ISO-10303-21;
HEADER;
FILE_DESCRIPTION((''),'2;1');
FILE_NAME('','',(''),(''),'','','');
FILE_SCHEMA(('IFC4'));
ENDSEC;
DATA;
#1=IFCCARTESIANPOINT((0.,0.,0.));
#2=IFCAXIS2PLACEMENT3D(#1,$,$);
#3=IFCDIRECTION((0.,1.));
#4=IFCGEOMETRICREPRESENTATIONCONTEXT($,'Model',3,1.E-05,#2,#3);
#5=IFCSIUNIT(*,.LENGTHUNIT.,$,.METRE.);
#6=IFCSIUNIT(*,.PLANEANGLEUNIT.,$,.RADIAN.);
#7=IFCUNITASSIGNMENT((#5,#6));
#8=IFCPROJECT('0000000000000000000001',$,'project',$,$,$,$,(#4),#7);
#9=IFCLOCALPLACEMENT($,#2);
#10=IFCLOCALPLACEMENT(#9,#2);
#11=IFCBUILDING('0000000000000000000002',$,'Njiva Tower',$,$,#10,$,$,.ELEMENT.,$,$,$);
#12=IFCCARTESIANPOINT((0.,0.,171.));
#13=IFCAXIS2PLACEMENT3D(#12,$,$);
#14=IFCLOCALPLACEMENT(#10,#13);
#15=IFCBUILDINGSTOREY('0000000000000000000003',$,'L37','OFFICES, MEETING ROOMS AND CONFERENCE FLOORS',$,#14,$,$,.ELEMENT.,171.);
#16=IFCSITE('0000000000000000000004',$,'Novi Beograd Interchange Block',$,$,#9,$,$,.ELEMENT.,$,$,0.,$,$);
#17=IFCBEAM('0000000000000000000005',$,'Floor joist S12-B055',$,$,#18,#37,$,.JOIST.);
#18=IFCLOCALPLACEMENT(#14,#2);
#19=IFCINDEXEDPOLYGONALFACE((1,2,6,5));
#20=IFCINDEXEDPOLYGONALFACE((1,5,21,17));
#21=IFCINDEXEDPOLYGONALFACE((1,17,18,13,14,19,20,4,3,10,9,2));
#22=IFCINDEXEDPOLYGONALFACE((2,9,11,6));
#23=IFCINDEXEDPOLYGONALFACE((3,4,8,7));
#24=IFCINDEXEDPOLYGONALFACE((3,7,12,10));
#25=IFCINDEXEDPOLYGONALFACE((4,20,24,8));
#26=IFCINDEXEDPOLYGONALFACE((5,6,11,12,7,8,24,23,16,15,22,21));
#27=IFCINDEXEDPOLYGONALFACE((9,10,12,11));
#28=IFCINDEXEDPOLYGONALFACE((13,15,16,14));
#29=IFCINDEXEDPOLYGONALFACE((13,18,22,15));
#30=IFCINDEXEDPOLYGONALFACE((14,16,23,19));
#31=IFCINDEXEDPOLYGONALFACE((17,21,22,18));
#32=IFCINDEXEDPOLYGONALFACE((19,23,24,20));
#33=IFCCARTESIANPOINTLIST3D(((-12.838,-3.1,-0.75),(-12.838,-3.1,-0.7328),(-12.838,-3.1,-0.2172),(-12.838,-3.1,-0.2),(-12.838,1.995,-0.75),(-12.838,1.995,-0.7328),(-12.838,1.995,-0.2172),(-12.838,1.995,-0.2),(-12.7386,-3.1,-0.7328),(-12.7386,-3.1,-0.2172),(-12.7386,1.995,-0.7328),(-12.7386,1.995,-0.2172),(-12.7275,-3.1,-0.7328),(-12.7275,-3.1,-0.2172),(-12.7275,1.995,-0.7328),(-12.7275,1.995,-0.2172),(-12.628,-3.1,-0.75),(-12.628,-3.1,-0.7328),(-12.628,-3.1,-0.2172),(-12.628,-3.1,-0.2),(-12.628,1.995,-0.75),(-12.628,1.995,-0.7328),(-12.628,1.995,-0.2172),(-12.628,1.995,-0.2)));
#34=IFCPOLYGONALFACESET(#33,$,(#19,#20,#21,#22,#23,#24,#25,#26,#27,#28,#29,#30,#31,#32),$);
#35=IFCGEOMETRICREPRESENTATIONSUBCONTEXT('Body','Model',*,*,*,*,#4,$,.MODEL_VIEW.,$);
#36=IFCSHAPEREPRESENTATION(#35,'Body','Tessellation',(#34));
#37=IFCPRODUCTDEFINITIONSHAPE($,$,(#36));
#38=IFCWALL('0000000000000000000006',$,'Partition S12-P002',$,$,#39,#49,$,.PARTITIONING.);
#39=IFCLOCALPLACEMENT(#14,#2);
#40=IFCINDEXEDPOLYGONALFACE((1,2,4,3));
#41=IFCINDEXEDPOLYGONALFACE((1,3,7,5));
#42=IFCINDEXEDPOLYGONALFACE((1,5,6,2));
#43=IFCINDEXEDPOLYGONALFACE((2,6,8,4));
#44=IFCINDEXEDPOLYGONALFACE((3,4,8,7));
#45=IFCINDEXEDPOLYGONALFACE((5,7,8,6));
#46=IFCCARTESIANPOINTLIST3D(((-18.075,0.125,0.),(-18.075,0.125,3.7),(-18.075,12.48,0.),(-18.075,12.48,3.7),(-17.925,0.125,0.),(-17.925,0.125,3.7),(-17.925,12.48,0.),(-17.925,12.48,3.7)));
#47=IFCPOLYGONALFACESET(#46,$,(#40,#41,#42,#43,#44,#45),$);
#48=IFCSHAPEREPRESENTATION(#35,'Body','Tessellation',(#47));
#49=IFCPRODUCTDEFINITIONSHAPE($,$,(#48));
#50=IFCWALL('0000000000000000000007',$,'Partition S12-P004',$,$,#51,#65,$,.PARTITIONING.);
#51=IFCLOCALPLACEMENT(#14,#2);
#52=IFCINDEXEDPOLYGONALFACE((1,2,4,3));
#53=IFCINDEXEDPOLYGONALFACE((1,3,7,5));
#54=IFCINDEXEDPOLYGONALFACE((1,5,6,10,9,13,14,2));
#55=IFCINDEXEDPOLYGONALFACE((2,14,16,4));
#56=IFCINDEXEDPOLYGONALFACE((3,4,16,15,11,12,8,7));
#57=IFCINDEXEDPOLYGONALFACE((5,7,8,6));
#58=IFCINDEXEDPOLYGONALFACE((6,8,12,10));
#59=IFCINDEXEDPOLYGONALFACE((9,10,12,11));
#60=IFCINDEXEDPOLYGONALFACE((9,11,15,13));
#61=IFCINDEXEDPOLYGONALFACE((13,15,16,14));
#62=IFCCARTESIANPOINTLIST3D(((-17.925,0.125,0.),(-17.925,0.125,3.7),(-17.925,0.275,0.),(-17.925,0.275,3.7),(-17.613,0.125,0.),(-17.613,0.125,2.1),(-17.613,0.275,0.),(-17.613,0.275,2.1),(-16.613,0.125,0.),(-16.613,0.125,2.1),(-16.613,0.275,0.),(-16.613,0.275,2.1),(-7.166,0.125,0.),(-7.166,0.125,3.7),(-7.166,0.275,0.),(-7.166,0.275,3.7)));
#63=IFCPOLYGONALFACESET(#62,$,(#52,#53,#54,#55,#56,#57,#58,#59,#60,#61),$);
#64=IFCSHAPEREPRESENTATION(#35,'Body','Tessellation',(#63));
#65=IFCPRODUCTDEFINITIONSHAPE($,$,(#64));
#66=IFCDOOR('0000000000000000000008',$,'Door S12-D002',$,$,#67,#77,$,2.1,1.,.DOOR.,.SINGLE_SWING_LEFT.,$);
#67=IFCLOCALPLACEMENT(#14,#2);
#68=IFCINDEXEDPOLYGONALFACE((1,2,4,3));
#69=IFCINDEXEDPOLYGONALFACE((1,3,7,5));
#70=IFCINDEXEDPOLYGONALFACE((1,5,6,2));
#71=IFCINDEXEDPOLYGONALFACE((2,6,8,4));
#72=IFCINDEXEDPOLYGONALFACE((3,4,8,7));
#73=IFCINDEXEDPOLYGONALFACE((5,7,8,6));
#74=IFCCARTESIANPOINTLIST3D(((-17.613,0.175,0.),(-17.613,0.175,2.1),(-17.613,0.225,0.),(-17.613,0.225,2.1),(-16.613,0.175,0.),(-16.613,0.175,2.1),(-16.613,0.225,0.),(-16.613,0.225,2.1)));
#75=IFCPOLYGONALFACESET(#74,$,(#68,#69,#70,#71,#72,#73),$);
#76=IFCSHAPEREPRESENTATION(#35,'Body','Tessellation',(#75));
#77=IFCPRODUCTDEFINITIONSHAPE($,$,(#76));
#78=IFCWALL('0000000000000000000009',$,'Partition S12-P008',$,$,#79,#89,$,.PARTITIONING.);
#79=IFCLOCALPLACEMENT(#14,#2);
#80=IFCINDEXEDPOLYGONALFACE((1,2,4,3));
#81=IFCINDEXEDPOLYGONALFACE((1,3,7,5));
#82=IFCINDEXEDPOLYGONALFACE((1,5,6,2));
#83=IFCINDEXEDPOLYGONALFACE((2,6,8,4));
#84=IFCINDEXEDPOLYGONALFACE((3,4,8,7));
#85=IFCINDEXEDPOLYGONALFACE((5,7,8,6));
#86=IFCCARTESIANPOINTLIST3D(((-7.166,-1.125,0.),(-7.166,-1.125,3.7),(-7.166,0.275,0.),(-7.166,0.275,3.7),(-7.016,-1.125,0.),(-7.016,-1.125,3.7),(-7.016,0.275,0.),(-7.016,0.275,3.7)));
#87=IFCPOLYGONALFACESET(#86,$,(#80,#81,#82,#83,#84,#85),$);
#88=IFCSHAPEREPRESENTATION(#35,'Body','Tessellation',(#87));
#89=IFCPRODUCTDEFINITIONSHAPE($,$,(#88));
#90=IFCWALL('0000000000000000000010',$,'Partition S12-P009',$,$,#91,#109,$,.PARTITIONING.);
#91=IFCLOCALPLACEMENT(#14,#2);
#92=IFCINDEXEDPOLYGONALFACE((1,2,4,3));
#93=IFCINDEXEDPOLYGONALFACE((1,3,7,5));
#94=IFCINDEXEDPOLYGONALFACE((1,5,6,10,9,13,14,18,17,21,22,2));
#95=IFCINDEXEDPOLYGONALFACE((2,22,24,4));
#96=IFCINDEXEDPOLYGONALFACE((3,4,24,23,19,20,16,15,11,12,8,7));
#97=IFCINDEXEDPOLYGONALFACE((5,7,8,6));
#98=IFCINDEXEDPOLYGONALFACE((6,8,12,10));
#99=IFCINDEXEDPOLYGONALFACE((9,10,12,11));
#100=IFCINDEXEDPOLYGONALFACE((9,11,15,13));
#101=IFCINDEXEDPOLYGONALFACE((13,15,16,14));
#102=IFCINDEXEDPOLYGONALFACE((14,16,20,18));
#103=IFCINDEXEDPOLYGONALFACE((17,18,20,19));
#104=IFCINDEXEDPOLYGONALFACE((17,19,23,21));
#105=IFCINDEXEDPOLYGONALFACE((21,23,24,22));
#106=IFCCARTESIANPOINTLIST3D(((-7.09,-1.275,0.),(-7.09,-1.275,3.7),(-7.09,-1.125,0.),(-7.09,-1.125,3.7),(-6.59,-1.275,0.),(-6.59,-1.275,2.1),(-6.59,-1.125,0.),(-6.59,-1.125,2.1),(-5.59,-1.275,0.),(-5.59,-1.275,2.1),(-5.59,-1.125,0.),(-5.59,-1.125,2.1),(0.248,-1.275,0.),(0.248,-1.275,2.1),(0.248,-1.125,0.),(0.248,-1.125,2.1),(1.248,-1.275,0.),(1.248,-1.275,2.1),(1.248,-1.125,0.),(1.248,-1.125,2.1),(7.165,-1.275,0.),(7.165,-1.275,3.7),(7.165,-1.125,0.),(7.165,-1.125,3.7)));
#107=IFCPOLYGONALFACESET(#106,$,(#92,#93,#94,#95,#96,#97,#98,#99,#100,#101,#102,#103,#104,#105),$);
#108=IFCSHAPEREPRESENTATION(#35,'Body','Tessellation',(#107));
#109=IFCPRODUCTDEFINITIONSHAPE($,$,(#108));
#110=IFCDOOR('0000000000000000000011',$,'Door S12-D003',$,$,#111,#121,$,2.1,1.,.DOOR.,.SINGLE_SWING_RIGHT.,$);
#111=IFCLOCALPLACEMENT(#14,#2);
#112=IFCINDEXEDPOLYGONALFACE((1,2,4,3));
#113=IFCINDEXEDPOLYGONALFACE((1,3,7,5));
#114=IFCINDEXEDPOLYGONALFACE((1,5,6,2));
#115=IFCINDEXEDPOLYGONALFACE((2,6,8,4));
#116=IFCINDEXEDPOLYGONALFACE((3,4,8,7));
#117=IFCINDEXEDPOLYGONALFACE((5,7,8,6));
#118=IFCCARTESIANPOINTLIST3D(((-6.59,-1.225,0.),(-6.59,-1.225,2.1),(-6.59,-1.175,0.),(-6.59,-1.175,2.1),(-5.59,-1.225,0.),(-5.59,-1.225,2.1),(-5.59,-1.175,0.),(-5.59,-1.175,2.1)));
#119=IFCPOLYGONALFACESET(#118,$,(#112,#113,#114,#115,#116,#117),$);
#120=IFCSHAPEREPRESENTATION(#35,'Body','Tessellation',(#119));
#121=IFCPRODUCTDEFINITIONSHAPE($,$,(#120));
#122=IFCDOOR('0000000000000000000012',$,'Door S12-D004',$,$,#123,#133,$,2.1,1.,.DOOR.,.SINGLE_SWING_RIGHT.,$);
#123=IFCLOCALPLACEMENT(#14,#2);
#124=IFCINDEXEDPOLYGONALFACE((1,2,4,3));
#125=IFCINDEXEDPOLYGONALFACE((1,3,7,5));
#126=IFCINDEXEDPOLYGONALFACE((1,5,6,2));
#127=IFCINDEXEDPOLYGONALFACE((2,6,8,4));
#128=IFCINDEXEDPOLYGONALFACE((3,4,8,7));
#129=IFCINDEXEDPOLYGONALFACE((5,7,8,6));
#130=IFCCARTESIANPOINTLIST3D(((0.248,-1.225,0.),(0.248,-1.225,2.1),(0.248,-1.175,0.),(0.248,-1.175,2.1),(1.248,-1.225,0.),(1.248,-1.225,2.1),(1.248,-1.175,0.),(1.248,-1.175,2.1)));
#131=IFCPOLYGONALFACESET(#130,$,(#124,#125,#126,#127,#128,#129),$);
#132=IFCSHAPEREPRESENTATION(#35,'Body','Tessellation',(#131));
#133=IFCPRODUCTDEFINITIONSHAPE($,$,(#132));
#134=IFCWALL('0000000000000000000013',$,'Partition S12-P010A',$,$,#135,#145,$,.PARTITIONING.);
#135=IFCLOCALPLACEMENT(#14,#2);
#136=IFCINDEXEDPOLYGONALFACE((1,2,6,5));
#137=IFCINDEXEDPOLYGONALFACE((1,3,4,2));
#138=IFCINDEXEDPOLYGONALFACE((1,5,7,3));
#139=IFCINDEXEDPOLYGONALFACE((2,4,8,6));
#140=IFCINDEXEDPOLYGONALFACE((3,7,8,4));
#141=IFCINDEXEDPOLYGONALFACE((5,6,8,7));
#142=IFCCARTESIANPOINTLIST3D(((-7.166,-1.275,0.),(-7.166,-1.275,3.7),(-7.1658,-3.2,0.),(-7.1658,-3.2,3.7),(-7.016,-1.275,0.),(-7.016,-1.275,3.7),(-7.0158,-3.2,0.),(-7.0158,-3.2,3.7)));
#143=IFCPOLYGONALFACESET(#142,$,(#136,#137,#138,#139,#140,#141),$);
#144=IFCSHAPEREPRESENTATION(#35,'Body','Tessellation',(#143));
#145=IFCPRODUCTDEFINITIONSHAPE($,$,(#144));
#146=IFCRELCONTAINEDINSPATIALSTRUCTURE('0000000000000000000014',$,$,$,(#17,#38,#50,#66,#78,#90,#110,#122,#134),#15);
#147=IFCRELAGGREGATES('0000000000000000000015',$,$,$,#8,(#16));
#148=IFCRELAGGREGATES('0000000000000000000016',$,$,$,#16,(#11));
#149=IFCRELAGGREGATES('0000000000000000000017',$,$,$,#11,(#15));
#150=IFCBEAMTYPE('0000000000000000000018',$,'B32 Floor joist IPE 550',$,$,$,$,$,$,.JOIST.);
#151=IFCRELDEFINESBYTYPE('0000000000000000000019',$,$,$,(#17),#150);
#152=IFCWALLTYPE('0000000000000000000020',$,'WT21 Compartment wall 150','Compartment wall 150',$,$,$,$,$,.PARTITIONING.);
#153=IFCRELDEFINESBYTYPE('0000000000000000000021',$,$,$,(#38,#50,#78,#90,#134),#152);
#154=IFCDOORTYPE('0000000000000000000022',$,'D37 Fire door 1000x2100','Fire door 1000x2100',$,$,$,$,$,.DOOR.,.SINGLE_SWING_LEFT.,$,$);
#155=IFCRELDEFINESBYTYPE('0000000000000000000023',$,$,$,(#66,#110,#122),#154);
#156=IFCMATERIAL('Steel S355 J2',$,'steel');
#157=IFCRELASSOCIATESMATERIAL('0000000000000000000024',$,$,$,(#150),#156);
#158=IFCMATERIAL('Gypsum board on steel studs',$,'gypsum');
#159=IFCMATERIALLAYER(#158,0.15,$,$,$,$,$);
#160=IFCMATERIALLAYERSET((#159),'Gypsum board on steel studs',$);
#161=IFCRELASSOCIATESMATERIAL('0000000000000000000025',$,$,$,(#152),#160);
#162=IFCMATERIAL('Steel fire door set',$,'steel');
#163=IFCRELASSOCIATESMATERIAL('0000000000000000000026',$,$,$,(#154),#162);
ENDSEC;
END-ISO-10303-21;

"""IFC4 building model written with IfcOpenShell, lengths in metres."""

from ifc_helpers import new_model, si_unit, direction, frame, frame_2d, origin, origin_2d, place, context, subcontext, project, spatial, rectangle, i_section, extrude, material, layer, layer_set, material_profile, profile_set, type_object, element, fill, save


model = new_model("IFC4")

# Units and contexts
model_context = context("Model", 3, precision=1e-05, world=origin(), true_north=direction((0.0, 1.0)))
body_context = subcontext(model_context, "Body", "Model", "MODEL_VIEW")
ifc_project = project(units=[si_unit("LENGTHUNIT", "METRE"), si_unit("PLANEANGLEUNIT", "RADIAN")], contexts=[model_context])

# Site, building, storey
site_placement = place(None, origin())
site = spatial("IfcSite", under=ifc_project, at=site_placement, Name="Novi Beograd Interchange Block", CompositionType="ELEMENT", RefElevation=0.0)
building_placement = place(site_placement, origin())
building = spatial("IfcBuilding", under=site, at=building_placement, Name="Njiva Tower", CompositionType="ELEMENT")
storey_placement = place(building_placement, frame((0.0, 0.0, 171.0)))
storey = spatial("IfcBuildingStorey", under=building, at=storey_placement, Name="L37", Description="OFFICES, MEETING ROOMS AND CONFERENCE FLOORS", CompositionType="ELEMENT", Elevation=171.0)

# Shared definitions
ifc_material_1 = material(Name="Steel S355 J2", Category="steel")

# Beam
ifc_material_profile_1 = material_profile(ifc_material_1, i_section(OverallWidth=0.21, OverallDepth=0.55, WebThickness=0.0111, FlangeThickness=0.0172, at=origin_2d()), Name="IPE 550")
ifc_profile_set_1 = profile_set([ifc_material_profile_1], Name="Steel S355 J2")
beam_type_1 = type_object("IfcBeamType", Name="B32 Floor joist IPE 550", PredefinedType="JOIST", material=ifc_profile_set_1)
for number, where, z_axis, x_axis, name in (
    (1, (-12.733, 1.995, -0.475), (0.0, -1.0, 0.0), (1.0, 0.0, 0.0), "Floor joist S12-B055"),
):
    element("IfcBeam", number, at=place(storey_placement, frame(where, z_axis=z_axis, x_axis=x_axis)), inside=storey, type_object=beam_type_1, Name=name, PredefinedType="JOIST", context=body_context, shape_type="SweptSolid", body=[
        extrude(i_section(OverallWidth=0.21, OverallDepth=0.55, WebThickness=0.0111, FlangeThickness=0.0172, at=origin_2d()), origin(), (0.0, 0.0, 1.0), 5.095),
    ])

# Wall
ifc_material_2 = material(Name="Gypsum board on steel studs", Category="gypsum")
ifc_layer = layer(ifc_material_2, 0.15)
ifc_layer_set = layer_set([ifc_layer], Name="Gypsum board on steel studs")
wall_type = type_object("IfcWallType", Name="WT21 Compartment wall 150", Description="Compartment wall 150", PredefinedType="PARTITIONING", material=ifc_layer_set)
wall_1_placement = place(storey_placement, frame((-18.0, 0.125, 0.0), z_axis=(0.0, 0.0, 1.0), x_axis=(0.0, 1.0, 0.0)))
element("IfcWall", 2, at=wall_1_placement, inside=storey, type_object=wall_type, Name="Partition S12-P002", PredefinedType="PARTITIONING", context=body_context, shape_type="SweptSolid", body=[
    extrude(rectangle(XDim=12.355, YDim=0.15, at=frame_2d((6.1775, 0.0))), origin(), (0.0, 0.0, 1.0), 3.7),
])

# Wall, opening, door
wall_2_placement = place(storey_placement, frame((-17.925, 0.2, 0.0), z_axis=(0.0, 0.0, 1.0), x_axis=(1.0, 0.0, 0.0)))
wall_2 = element("IfcWall", 3, at=wall_2_placement, inside=storey, type_object=wall_type, Name="Partition S12-P004", PredefinedType="PARTITIONING", context=body_context, shape_type="SweptSolid", body=[
    extrude(rectangle(XDim=10.759, YDim=0.15, at=frame_2d((5.3795, 0.0))), origin(), (0.0, 0.0, 1.0), 3.7),
])
opening_1_placement = place(wall_2_placement, frame((0.312, 0.0, 0.0)))
opening_1 = element("IfcOpeningElement", 4, at=opening_1_placement, cuts=wall_2, PredefinedType="OPENING", context=body_context, shape_type="SweptSolid", body=[
    extrude(rectangle(XDim=1.0, YDim=2.1, at=frame_2d((0.5, 1.05))), frame((0.0, 0.085, 0.0), z_axis=(0.0, -1.0, 0.0), x_axis=(1.0, 0.0, 0.0)), (0.0, 0.0, 1.0), 0.17),
])
ifc_material_3 = material(Name="Steel fire door set", Category="steel")
door_type = type_object("IfcDoorType", Name="D37 Fire door 1000x2100", Description="Fire door 1000x2100", OperationType="SINGLE_SWING_LEFT", PredefinedType="DOOR", material=ifc_material_3)
door_1_placement = place(opening_1_placement, origin())
door_1 = element("IfcDoor", 5, at=door_1_placement, inside=storey, type_object=door_type, Name="Door S12-D002", OperationType="SINGLE_SWING_LEFT", OverallHeight=2.1, OverallWidth=1.0, PredefinedType="DOOR", context=body_context, shape_type="SweptSolid", body=[
    extrude(rectangle(XDim=1.0, YDim=2.1, at=frame_2d((0.5, 1.05))), frame((0.0, 0.025, 0.0), z_axis=(0.0, -1.0, 0.0), x_axis=(1.0, 0.0, 0.0)), (0.0, 0.0, 1.0), 0.05),
])
fill(opening_1, door_1)

# Wall
wall_3_placement = place(storey_placement, frame((-7.091, -1.125, 0.0), z_axis=(0.0, 0.0, 1.0), x_axis=(0.0, 1.0, 0.0)))
element("IfcWall", 6, at=wall_3_placement, inside=storey, type_object=wall_type, Name="Partition S12-P008", PredefinedType="PARTITIONING", context=body_context, shape_type="SweptSolid", body=[
    extrude(rectangle(XDim=1.4, YDim=0.15, at=frame_2d((0.7, 0.0))), origin(), (0.0, 0.0, 1.0), 3.7),
])

# Wall, openings, doors
wall_4_placement = place(storey_placement, frame((-7.09, -1.2, 0.0), z_axis=(0.0, 0.0, 1.0), x_axis=(1.0, 0.0, 0.0)))
wall_4 = element("IfcWall", 7, at=wall_4_placement, inside=storey, type_object=wall_type, Name="Partition S12-P009", PredefinedType="PARTITIONING", context=body_context, shape_type="SweptSolid", body=[
    extrude(rectangle(XDim=14.255, YDim=0.15, at=frame_2d((7.1275, 0.0))), origin(), (0.0, 0.0, 1.0), 3.7),
])
opening_2_placement = place(wall_4_placement, frame((0.5, 0.0, 0.0)))
opening_2 = element("IfcOpeningElement", 8, at=opening_2_placement, cuts=wall_4, PredefinedType="OPENING", context=body_context, shape_type="SweptSolid", body=[
    extrude(rectangle(XDim=1.0, YDim=2.1, at=frame_2d((0.5, 1.05))), frame((0.0, 0.085, 0.0), z_axis=(0.0, -1.0, 0.0), x_axis=(1.0, 0.0, 0.0)), (0.0, 0.0, 1.0), 0.17),
])
opening_3_placement = place(wall_4_placement, frame((7.338, 0.0, 0.0)))
opening_3 = element("IfcOpeningElement", 9, at=opening_3_placement, cuts=wall_4, PredefinedType="OPENING", context=body_context, shape_type="SweptSolid", body=[
    extrude(rectangle(XDim=1.0, YDim=2.1, at=frame_2d((0.5, 1.05))), frame((0.0, 0.085, 0.0), z_axis=(0.0, -1.0, 0.0), x_axis=(1.0, 0.0, 0.0)), (0.0, 0.0, 1.0), 0.17),
])
door_2_placement = place(opening_2_placement, origin())
door_2 = element("IfcDoor", 10, at=door_2_placement, inside=storey, type_object=door_type, Name="Door S12-D003", OperationType="SINGLE_SWING_RIGHT", OverallHeight=2.1, OverallWidth=1.0, PredefinedType="DOOR", context=body_context, shape_type="SweptSolid", body=[
    extrude(rectangle(XDim=1.0, YDim=2.1, at=frame_2d((0.5, 1.05))), frame((0.0, 0.025, 0.0), z_axis=(0.0, -1.0, 0.0), x_axis=(1.0, 0.0, 0.0)), (0.0, 0.0, 1.0), 0.05),
])
fill(opening_2, door_2)
door_3_placement = place(opening_3_placement, origin())
door_3 = element("IfcDoor", 11, at=door_3_placement, inside=storey, type_object=door_type, Name="Door S12-D004", OperationType="SINGLE_SWING_RIGHT", OverallHeight=2.1, OverallWidth=1.0, PredefinedType="DOOR", context=body_context, shape_type="SweptSolid", body=[
    extrude(rectangle(XDim=1.0, YDim=2.1, at=frame_2d((0.5, 1.05))), frame((0.0, 0.025, 0.0), z_axis=(0.0, -1.0, 0.0), x_axis=(1.0, 0.0, 0.0)), (0.0, 0.0, 1.0), 0.05),
])
fill(opening_3, door_3)

# Wall
wall_5_placement = place(storey_placement, frame((-7.0908, -3.2, 0.0), z_axis=(0.0, 0.0, 1.0), x_axis=(-0.000104, 1.0, 0.0)))
element("IfcWall", 12, at=wall_5_placement, inside=storey, type_object=wall_type, Name="Partition S12-P010A", PredefinedType="PARTITIONING", context=body_context, shape_type="SweptSolid", body=[
    extrude(rectangle(XDim=1.925, YDim=0.15, at=frame_2d((0.9625, 0.0))), origin(), (0.0, 0.0, 1.0), 3.7),
])

save(model, "model.ifc")
